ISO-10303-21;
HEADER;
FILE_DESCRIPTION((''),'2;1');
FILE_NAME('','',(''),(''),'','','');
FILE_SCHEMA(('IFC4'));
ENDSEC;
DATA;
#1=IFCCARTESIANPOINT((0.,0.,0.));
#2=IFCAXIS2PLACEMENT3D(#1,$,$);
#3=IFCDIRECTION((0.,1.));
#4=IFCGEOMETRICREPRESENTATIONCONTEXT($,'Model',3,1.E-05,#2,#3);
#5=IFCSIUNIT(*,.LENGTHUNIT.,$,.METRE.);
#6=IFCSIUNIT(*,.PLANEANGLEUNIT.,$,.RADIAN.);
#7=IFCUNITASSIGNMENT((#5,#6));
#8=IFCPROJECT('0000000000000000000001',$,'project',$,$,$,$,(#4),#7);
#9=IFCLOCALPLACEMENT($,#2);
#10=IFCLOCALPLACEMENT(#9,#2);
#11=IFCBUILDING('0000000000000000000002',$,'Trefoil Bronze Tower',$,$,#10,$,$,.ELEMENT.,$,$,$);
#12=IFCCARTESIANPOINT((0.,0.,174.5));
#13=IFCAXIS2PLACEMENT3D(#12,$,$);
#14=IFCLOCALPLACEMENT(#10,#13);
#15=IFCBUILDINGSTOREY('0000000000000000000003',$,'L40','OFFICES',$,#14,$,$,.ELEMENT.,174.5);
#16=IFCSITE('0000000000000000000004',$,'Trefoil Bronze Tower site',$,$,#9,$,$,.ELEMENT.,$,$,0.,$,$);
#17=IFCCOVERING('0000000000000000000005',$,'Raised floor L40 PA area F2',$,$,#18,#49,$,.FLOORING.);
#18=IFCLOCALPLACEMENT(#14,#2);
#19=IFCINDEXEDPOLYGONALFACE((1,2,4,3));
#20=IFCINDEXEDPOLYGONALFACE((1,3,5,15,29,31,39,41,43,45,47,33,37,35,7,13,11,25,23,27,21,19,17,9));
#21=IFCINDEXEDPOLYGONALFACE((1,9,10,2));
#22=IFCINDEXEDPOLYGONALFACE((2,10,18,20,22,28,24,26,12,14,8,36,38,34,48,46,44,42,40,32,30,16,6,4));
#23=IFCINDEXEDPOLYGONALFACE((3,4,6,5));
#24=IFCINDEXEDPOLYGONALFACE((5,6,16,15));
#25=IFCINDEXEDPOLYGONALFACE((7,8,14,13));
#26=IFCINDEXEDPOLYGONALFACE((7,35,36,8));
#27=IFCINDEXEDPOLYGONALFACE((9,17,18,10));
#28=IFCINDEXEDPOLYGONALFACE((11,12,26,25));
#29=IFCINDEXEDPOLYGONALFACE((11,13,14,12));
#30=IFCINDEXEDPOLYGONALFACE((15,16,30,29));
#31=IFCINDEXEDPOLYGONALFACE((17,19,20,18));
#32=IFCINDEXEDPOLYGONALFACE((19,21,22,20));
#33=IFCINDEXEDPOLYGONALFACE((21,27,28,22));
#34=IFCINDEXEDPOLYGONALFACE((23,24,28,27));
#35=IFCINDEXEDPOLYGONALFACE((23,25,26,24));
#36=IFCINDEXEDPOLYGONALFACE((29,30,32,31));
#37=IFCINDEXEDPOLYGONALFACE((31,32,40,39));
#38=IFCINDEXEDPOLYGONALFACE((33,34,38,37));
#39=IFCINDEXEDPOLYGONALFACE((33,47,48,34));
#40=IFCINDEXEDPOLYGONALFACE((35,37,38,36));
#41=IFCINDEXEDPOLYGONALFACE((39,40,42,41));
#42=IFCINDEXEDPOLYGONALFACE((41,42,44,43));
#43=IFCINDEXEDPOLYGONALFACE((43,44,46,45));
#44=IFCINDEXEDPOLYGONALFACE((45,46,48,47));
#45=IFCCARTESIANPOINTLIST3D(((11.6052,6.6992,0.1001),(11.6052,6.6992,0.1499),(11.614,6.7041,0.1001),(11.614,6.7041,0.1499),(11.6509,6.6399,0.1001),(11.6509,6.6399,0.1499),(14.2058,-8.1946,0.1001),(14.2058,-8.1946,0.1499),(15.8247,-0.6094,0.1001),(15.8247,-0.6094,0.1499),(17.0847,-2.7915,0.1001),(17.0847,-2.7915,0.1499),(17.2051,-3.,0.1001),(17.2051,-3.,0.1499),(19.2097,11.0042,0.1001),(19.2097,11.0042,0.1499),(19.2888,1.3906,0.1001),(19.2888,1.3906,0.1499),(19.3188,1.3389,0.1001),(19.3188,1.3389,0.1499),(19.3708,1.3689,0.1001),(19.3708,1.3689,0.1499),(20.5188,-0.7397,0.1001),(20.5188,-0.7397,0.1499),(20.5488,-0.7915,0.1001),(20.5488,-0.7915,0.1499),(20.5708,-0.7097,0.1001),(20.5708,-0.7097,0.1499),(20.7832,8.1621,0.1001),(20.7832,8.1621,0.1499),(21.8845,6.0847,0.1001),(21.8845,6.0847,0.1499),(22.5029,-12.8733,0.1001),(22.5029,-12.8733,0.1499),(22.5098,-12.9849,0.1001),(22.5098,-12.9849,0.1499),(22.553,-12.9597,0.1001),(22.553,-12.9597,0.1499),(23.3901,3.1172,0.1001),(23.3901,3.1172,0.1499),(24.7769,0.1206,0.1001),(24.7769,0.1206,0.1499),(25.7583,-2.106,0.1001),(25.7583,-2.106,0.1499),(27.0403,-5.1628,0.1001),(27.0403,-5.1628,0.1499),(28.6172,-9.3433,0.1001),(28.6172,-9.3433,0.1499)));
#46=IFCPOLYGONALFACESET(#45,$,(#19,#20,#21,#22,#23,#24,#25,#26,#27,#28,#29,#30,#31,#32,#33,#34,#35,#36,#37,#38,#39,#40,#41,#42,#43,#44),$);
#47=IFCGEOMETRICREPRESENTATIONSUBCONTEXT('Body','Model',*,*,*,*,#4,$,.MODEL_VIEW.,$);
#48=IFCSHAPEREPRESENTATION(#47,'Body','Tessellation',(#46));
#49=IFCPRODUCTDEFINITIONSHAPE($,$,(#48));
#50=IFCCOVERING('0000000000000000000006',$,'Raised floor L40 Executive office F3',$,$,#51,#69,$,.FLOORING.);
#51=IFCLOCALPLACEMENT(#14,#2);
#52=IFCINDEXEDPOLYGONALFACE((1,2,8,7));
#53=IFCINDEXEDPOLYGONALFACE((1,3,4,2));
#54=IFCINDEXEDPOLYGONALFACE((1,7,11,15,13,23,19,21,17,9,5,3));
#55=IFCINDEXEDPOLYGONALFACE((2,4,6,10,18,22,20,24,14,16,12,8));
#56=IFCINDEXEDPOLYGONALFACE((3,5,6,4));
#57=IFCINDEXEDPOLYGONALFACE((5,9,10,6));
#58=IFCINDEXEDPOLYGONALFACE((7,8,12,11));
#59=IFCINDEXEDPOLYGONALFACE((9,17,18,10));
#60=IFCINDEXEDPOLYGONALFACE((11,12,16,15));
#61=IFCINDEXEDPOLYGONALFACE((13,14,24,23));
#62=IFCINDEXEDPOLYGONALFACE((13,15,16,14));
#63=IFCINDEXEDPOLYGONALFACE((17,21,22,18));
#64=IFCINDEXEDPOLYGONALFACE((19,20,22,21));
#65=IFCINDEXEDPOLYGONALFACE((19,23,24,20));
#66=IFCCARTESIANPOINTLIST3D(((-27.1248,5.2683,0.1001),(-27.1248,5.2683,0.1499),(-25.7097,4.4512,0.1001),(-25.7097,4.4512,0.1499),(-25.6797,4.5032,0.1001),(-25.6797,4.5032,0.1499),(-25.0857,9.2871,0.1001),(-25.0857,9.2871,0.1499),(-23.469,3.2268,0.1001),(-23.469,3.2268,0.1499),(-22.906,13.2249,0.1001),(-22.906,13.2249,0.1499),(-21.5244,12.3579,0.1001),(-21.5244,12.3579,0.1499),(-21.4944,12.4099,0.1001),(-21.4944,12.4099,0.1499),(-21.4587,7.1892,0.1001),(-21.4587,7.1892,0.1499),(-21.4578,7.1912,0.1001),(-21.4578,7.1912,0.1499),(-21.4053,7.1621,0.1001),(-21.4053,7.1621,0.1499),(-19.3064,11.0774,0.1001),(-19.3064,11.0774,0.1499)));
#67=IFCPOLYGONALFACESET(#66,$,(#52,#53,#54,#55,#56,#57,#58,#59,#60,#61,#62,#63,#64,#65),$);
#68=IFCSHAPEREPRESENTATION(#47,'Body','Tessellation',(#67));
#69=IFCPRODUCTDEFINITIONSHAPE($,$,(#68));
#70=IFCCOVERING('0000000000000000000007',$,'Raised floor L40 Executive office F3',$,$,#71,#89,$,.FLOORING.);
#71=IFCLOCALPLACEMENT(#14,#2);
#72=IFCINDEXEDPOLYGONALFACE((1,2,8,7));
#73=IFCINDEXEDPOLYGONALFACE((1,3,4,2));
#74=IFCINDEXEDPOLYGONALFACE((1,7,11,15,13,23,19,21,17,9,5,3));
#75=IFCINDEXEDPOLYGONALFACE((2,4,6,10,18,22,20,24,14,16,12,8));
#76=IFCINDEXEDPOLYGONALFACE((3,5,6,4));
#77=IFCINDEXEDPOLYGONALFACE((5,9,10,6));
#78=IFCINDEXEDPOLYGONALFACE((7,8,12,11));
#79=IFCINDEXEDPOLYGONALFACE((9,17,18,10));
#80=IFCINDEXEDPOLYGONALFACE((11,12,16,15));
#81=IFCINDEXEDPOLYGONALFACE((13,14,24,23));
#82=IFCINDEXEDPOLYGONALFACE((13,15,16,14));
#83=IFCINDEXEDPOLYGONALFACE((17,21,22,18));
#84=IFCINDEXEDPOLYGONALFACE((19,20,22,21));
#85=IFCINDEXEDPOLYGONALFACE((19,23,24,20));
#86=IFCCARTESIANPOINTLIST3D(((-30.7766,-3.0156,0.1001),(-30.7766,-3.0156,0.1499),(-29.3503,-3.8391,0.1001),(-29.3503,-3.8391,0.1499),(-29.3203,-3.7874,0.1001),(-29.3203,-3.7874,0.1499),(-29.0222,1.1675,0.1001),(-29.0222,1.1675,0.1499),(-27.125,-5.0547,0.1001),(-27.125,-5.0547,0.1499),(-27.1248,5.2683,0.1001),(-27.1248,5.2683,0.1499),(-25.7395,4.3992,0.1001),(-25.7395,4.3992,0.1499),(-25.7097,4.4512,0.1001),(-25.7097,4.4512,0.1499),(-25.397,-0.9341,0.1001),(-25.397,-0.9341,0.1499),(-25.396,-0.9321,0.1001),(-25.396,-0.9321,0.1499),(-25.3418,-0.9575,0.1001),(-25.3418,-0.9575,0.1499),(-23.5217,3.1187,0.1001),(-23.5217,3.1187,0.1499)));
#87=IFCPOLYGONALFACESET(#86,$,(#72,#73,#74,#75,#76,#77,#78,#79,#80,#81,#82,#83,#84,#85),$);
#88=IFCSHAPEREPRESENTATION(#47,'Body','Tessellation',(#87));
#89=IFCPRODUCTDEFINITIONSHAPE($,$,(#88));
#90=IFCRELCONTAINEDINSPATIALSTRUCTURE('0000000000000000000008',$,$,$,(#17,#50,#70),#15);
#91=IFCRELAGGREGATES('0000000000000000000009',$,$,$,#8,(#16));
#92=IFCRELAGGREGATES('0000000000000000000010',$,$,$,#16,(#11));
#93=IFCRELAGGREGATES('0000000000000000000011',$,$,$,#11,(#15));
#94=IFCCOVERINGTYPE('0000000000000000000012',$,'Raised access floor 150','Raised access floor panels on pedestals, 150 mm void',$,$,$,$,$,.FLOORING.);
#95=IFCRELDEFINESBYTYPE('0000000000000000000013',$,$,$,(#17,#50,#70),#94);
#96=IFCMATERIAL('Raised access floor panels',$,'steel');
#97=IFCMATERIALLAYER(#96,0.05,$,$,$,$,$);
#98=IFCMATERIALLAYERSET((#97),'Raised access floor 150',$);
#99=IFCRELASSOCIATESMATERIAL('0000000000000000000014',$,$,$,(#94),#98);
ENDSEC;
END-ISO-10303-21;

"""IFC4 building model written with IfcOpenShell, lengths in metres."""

from ifc_helpers import new_model, si_unit, direction, frame, origin, place, context, subcontext, project, spatial, polyline, outline, extrude, material, layer, layer_set, type_object, element, save


model = new_model("IFC4")

# Units and contexts
model_context = context("Model", 3, precision=1e-05, world=origin(), true_north=direction((0.0, 1.0)))
body_context = subcontext(model_context, "Body", "Model", "MODEL_VIEW")
ifc_project = project(units=[si_unit("LENGTHUNIT", "METRE"), si_unit("PLANEANGLEUNIT", "RADIAN")], contexts=[model_context])

# Site, building, storey
site_placement = place(None, origin())
site = spatial("IfcSite", under=ifc_project, at=site_placement, Name="Trefoil Bronze Tower site", CompositionType="ELEMENT", RefElevation=0.0)
building_placement = place(site_placement, origin())
building = spatial("IfcBuilding", under=site, at=building_placement, Name="Trefoil Bronze Tower", CompositionType="ELEMENT")
storey_placement = place(building_placement, frame((0.0, 0.0, 174.5)))
storey = spatial("IfcBuildingStorey", under=building, at=storey_placement, Name="L40", Description="OFFICES", CompositionType="ELEMENT", Elevation=174.5)

# Coverings
ifc_material_1 = material(Name="Raised access floor panels", Category="steel")
ifc_layer_1 = layer(ifc_material_1, 0.05)
ifc_layer_set_1 = layer_set([ifc_layer_1], Name="Raised access floor 150")
covering_type_1 = type_object("IfcCoveringType", Name="Raised access floor 150", Description="Raised access floor panels on pedestals, 150 mm void", PredefinedType="FLOORING", material=ifc_layer_set_1)
covering_1_placement = place(storey_placement, frame((0.0, 0.0, 0.1001)))
element("IfcCovering", 1, at=covering_1_placement, inside=storey, type_object=covering_type_1, Name="Raised floor L40 PA area F2", PredefinedType="FLOORING", context=body_context, shape_type="SweptSolid", body=[
    extrude(outline(polyline([(14.2058, -8.1946), (17.2051, -3.0), (17.0847, -2.7915), (20.5488, -0.7915), (20.5188, -0.7397), (20.5708, -0.7097), (19.3708, 1.3689), (19.3188, 1.3389), (19.2888, 1.3906), (15.8247, -0.6094), (11.6052, 6.6992), (11.614, 6.7041), (11.6509, 6.6399), (19.2097, 11.0042), (20.7832, 8.1621), (21.8845, 6.0847), (23.3901, 3.1172), (24.7769, 0.1206), (25.7583, -2.106), (27.0403, -5.1628), (28.6172, -9.3433), (22.5029, -12.8733), (22.553, -12.9597), (22.5098, -12.9849), (14.2058, -8.1946)])), origin(), (0.0, 0.0, 1.0), 0.0498),
])
covering_2_placement = place(storey_placement, frame((0.0, 0.0, 0.1001)))
element("IfcCovering", 2, at=covering_2_placement, inside=storey, type_object=covering_type_1, Name="Raised floor L40 Executive office F3", PredefinedType="FLOORING", context=body_context, shape_type="SweptSolid", body=[
    extrude(outline(polyline([(-25.0857, 9.2871), (-22.906, 13.2249), (-21.4944, 12.4099), (-21.5244, 12.3579), (-19.3064, 11.0774), (-21.4578, 7.1912), (-21.4053, 7.1621), (-21.4587, 7.1892), (-23.469, 3.2268), (-25.6797, 4.5032), (-25.7097, 4.4512), (-27.1248, 5.2683), (-25.0857, 9.2871)])), origin(), (0.0, 0.0, 1.0), 0.0498),
])
covering_3_placement = place(storey_placement, frame((0.0, 0.0, 0.1001)))
element("IfcCovering", 3, at=covering_3_placement, inside=storey, type_object=covering_type_1, Name="Raised floor L40 Executive office F3", PredefinedType="FLOORING", context=body_context, shape_type="SweptSolid", body=[
    extrude(outline(polyline([(-29.0222, 1.1675), (-27.1248, 5.2683), (-25.7097, 4.4512), (-25.7395, 4.3992), (-23.5217, 3.1187), (-25.396, -0.9321), (-25.3418, -0.9575), (-25.397, -0.9341), (-27.125, -5.0547), (-29.3203, -3.7874), (-29.3503, -3.8391), (-30.7766, -3.0156), (-29.0222, 1.1675)])), origin(), (0.0, 0.0, 1.0), 0.0498),
])

save(model, "model.ifc")
